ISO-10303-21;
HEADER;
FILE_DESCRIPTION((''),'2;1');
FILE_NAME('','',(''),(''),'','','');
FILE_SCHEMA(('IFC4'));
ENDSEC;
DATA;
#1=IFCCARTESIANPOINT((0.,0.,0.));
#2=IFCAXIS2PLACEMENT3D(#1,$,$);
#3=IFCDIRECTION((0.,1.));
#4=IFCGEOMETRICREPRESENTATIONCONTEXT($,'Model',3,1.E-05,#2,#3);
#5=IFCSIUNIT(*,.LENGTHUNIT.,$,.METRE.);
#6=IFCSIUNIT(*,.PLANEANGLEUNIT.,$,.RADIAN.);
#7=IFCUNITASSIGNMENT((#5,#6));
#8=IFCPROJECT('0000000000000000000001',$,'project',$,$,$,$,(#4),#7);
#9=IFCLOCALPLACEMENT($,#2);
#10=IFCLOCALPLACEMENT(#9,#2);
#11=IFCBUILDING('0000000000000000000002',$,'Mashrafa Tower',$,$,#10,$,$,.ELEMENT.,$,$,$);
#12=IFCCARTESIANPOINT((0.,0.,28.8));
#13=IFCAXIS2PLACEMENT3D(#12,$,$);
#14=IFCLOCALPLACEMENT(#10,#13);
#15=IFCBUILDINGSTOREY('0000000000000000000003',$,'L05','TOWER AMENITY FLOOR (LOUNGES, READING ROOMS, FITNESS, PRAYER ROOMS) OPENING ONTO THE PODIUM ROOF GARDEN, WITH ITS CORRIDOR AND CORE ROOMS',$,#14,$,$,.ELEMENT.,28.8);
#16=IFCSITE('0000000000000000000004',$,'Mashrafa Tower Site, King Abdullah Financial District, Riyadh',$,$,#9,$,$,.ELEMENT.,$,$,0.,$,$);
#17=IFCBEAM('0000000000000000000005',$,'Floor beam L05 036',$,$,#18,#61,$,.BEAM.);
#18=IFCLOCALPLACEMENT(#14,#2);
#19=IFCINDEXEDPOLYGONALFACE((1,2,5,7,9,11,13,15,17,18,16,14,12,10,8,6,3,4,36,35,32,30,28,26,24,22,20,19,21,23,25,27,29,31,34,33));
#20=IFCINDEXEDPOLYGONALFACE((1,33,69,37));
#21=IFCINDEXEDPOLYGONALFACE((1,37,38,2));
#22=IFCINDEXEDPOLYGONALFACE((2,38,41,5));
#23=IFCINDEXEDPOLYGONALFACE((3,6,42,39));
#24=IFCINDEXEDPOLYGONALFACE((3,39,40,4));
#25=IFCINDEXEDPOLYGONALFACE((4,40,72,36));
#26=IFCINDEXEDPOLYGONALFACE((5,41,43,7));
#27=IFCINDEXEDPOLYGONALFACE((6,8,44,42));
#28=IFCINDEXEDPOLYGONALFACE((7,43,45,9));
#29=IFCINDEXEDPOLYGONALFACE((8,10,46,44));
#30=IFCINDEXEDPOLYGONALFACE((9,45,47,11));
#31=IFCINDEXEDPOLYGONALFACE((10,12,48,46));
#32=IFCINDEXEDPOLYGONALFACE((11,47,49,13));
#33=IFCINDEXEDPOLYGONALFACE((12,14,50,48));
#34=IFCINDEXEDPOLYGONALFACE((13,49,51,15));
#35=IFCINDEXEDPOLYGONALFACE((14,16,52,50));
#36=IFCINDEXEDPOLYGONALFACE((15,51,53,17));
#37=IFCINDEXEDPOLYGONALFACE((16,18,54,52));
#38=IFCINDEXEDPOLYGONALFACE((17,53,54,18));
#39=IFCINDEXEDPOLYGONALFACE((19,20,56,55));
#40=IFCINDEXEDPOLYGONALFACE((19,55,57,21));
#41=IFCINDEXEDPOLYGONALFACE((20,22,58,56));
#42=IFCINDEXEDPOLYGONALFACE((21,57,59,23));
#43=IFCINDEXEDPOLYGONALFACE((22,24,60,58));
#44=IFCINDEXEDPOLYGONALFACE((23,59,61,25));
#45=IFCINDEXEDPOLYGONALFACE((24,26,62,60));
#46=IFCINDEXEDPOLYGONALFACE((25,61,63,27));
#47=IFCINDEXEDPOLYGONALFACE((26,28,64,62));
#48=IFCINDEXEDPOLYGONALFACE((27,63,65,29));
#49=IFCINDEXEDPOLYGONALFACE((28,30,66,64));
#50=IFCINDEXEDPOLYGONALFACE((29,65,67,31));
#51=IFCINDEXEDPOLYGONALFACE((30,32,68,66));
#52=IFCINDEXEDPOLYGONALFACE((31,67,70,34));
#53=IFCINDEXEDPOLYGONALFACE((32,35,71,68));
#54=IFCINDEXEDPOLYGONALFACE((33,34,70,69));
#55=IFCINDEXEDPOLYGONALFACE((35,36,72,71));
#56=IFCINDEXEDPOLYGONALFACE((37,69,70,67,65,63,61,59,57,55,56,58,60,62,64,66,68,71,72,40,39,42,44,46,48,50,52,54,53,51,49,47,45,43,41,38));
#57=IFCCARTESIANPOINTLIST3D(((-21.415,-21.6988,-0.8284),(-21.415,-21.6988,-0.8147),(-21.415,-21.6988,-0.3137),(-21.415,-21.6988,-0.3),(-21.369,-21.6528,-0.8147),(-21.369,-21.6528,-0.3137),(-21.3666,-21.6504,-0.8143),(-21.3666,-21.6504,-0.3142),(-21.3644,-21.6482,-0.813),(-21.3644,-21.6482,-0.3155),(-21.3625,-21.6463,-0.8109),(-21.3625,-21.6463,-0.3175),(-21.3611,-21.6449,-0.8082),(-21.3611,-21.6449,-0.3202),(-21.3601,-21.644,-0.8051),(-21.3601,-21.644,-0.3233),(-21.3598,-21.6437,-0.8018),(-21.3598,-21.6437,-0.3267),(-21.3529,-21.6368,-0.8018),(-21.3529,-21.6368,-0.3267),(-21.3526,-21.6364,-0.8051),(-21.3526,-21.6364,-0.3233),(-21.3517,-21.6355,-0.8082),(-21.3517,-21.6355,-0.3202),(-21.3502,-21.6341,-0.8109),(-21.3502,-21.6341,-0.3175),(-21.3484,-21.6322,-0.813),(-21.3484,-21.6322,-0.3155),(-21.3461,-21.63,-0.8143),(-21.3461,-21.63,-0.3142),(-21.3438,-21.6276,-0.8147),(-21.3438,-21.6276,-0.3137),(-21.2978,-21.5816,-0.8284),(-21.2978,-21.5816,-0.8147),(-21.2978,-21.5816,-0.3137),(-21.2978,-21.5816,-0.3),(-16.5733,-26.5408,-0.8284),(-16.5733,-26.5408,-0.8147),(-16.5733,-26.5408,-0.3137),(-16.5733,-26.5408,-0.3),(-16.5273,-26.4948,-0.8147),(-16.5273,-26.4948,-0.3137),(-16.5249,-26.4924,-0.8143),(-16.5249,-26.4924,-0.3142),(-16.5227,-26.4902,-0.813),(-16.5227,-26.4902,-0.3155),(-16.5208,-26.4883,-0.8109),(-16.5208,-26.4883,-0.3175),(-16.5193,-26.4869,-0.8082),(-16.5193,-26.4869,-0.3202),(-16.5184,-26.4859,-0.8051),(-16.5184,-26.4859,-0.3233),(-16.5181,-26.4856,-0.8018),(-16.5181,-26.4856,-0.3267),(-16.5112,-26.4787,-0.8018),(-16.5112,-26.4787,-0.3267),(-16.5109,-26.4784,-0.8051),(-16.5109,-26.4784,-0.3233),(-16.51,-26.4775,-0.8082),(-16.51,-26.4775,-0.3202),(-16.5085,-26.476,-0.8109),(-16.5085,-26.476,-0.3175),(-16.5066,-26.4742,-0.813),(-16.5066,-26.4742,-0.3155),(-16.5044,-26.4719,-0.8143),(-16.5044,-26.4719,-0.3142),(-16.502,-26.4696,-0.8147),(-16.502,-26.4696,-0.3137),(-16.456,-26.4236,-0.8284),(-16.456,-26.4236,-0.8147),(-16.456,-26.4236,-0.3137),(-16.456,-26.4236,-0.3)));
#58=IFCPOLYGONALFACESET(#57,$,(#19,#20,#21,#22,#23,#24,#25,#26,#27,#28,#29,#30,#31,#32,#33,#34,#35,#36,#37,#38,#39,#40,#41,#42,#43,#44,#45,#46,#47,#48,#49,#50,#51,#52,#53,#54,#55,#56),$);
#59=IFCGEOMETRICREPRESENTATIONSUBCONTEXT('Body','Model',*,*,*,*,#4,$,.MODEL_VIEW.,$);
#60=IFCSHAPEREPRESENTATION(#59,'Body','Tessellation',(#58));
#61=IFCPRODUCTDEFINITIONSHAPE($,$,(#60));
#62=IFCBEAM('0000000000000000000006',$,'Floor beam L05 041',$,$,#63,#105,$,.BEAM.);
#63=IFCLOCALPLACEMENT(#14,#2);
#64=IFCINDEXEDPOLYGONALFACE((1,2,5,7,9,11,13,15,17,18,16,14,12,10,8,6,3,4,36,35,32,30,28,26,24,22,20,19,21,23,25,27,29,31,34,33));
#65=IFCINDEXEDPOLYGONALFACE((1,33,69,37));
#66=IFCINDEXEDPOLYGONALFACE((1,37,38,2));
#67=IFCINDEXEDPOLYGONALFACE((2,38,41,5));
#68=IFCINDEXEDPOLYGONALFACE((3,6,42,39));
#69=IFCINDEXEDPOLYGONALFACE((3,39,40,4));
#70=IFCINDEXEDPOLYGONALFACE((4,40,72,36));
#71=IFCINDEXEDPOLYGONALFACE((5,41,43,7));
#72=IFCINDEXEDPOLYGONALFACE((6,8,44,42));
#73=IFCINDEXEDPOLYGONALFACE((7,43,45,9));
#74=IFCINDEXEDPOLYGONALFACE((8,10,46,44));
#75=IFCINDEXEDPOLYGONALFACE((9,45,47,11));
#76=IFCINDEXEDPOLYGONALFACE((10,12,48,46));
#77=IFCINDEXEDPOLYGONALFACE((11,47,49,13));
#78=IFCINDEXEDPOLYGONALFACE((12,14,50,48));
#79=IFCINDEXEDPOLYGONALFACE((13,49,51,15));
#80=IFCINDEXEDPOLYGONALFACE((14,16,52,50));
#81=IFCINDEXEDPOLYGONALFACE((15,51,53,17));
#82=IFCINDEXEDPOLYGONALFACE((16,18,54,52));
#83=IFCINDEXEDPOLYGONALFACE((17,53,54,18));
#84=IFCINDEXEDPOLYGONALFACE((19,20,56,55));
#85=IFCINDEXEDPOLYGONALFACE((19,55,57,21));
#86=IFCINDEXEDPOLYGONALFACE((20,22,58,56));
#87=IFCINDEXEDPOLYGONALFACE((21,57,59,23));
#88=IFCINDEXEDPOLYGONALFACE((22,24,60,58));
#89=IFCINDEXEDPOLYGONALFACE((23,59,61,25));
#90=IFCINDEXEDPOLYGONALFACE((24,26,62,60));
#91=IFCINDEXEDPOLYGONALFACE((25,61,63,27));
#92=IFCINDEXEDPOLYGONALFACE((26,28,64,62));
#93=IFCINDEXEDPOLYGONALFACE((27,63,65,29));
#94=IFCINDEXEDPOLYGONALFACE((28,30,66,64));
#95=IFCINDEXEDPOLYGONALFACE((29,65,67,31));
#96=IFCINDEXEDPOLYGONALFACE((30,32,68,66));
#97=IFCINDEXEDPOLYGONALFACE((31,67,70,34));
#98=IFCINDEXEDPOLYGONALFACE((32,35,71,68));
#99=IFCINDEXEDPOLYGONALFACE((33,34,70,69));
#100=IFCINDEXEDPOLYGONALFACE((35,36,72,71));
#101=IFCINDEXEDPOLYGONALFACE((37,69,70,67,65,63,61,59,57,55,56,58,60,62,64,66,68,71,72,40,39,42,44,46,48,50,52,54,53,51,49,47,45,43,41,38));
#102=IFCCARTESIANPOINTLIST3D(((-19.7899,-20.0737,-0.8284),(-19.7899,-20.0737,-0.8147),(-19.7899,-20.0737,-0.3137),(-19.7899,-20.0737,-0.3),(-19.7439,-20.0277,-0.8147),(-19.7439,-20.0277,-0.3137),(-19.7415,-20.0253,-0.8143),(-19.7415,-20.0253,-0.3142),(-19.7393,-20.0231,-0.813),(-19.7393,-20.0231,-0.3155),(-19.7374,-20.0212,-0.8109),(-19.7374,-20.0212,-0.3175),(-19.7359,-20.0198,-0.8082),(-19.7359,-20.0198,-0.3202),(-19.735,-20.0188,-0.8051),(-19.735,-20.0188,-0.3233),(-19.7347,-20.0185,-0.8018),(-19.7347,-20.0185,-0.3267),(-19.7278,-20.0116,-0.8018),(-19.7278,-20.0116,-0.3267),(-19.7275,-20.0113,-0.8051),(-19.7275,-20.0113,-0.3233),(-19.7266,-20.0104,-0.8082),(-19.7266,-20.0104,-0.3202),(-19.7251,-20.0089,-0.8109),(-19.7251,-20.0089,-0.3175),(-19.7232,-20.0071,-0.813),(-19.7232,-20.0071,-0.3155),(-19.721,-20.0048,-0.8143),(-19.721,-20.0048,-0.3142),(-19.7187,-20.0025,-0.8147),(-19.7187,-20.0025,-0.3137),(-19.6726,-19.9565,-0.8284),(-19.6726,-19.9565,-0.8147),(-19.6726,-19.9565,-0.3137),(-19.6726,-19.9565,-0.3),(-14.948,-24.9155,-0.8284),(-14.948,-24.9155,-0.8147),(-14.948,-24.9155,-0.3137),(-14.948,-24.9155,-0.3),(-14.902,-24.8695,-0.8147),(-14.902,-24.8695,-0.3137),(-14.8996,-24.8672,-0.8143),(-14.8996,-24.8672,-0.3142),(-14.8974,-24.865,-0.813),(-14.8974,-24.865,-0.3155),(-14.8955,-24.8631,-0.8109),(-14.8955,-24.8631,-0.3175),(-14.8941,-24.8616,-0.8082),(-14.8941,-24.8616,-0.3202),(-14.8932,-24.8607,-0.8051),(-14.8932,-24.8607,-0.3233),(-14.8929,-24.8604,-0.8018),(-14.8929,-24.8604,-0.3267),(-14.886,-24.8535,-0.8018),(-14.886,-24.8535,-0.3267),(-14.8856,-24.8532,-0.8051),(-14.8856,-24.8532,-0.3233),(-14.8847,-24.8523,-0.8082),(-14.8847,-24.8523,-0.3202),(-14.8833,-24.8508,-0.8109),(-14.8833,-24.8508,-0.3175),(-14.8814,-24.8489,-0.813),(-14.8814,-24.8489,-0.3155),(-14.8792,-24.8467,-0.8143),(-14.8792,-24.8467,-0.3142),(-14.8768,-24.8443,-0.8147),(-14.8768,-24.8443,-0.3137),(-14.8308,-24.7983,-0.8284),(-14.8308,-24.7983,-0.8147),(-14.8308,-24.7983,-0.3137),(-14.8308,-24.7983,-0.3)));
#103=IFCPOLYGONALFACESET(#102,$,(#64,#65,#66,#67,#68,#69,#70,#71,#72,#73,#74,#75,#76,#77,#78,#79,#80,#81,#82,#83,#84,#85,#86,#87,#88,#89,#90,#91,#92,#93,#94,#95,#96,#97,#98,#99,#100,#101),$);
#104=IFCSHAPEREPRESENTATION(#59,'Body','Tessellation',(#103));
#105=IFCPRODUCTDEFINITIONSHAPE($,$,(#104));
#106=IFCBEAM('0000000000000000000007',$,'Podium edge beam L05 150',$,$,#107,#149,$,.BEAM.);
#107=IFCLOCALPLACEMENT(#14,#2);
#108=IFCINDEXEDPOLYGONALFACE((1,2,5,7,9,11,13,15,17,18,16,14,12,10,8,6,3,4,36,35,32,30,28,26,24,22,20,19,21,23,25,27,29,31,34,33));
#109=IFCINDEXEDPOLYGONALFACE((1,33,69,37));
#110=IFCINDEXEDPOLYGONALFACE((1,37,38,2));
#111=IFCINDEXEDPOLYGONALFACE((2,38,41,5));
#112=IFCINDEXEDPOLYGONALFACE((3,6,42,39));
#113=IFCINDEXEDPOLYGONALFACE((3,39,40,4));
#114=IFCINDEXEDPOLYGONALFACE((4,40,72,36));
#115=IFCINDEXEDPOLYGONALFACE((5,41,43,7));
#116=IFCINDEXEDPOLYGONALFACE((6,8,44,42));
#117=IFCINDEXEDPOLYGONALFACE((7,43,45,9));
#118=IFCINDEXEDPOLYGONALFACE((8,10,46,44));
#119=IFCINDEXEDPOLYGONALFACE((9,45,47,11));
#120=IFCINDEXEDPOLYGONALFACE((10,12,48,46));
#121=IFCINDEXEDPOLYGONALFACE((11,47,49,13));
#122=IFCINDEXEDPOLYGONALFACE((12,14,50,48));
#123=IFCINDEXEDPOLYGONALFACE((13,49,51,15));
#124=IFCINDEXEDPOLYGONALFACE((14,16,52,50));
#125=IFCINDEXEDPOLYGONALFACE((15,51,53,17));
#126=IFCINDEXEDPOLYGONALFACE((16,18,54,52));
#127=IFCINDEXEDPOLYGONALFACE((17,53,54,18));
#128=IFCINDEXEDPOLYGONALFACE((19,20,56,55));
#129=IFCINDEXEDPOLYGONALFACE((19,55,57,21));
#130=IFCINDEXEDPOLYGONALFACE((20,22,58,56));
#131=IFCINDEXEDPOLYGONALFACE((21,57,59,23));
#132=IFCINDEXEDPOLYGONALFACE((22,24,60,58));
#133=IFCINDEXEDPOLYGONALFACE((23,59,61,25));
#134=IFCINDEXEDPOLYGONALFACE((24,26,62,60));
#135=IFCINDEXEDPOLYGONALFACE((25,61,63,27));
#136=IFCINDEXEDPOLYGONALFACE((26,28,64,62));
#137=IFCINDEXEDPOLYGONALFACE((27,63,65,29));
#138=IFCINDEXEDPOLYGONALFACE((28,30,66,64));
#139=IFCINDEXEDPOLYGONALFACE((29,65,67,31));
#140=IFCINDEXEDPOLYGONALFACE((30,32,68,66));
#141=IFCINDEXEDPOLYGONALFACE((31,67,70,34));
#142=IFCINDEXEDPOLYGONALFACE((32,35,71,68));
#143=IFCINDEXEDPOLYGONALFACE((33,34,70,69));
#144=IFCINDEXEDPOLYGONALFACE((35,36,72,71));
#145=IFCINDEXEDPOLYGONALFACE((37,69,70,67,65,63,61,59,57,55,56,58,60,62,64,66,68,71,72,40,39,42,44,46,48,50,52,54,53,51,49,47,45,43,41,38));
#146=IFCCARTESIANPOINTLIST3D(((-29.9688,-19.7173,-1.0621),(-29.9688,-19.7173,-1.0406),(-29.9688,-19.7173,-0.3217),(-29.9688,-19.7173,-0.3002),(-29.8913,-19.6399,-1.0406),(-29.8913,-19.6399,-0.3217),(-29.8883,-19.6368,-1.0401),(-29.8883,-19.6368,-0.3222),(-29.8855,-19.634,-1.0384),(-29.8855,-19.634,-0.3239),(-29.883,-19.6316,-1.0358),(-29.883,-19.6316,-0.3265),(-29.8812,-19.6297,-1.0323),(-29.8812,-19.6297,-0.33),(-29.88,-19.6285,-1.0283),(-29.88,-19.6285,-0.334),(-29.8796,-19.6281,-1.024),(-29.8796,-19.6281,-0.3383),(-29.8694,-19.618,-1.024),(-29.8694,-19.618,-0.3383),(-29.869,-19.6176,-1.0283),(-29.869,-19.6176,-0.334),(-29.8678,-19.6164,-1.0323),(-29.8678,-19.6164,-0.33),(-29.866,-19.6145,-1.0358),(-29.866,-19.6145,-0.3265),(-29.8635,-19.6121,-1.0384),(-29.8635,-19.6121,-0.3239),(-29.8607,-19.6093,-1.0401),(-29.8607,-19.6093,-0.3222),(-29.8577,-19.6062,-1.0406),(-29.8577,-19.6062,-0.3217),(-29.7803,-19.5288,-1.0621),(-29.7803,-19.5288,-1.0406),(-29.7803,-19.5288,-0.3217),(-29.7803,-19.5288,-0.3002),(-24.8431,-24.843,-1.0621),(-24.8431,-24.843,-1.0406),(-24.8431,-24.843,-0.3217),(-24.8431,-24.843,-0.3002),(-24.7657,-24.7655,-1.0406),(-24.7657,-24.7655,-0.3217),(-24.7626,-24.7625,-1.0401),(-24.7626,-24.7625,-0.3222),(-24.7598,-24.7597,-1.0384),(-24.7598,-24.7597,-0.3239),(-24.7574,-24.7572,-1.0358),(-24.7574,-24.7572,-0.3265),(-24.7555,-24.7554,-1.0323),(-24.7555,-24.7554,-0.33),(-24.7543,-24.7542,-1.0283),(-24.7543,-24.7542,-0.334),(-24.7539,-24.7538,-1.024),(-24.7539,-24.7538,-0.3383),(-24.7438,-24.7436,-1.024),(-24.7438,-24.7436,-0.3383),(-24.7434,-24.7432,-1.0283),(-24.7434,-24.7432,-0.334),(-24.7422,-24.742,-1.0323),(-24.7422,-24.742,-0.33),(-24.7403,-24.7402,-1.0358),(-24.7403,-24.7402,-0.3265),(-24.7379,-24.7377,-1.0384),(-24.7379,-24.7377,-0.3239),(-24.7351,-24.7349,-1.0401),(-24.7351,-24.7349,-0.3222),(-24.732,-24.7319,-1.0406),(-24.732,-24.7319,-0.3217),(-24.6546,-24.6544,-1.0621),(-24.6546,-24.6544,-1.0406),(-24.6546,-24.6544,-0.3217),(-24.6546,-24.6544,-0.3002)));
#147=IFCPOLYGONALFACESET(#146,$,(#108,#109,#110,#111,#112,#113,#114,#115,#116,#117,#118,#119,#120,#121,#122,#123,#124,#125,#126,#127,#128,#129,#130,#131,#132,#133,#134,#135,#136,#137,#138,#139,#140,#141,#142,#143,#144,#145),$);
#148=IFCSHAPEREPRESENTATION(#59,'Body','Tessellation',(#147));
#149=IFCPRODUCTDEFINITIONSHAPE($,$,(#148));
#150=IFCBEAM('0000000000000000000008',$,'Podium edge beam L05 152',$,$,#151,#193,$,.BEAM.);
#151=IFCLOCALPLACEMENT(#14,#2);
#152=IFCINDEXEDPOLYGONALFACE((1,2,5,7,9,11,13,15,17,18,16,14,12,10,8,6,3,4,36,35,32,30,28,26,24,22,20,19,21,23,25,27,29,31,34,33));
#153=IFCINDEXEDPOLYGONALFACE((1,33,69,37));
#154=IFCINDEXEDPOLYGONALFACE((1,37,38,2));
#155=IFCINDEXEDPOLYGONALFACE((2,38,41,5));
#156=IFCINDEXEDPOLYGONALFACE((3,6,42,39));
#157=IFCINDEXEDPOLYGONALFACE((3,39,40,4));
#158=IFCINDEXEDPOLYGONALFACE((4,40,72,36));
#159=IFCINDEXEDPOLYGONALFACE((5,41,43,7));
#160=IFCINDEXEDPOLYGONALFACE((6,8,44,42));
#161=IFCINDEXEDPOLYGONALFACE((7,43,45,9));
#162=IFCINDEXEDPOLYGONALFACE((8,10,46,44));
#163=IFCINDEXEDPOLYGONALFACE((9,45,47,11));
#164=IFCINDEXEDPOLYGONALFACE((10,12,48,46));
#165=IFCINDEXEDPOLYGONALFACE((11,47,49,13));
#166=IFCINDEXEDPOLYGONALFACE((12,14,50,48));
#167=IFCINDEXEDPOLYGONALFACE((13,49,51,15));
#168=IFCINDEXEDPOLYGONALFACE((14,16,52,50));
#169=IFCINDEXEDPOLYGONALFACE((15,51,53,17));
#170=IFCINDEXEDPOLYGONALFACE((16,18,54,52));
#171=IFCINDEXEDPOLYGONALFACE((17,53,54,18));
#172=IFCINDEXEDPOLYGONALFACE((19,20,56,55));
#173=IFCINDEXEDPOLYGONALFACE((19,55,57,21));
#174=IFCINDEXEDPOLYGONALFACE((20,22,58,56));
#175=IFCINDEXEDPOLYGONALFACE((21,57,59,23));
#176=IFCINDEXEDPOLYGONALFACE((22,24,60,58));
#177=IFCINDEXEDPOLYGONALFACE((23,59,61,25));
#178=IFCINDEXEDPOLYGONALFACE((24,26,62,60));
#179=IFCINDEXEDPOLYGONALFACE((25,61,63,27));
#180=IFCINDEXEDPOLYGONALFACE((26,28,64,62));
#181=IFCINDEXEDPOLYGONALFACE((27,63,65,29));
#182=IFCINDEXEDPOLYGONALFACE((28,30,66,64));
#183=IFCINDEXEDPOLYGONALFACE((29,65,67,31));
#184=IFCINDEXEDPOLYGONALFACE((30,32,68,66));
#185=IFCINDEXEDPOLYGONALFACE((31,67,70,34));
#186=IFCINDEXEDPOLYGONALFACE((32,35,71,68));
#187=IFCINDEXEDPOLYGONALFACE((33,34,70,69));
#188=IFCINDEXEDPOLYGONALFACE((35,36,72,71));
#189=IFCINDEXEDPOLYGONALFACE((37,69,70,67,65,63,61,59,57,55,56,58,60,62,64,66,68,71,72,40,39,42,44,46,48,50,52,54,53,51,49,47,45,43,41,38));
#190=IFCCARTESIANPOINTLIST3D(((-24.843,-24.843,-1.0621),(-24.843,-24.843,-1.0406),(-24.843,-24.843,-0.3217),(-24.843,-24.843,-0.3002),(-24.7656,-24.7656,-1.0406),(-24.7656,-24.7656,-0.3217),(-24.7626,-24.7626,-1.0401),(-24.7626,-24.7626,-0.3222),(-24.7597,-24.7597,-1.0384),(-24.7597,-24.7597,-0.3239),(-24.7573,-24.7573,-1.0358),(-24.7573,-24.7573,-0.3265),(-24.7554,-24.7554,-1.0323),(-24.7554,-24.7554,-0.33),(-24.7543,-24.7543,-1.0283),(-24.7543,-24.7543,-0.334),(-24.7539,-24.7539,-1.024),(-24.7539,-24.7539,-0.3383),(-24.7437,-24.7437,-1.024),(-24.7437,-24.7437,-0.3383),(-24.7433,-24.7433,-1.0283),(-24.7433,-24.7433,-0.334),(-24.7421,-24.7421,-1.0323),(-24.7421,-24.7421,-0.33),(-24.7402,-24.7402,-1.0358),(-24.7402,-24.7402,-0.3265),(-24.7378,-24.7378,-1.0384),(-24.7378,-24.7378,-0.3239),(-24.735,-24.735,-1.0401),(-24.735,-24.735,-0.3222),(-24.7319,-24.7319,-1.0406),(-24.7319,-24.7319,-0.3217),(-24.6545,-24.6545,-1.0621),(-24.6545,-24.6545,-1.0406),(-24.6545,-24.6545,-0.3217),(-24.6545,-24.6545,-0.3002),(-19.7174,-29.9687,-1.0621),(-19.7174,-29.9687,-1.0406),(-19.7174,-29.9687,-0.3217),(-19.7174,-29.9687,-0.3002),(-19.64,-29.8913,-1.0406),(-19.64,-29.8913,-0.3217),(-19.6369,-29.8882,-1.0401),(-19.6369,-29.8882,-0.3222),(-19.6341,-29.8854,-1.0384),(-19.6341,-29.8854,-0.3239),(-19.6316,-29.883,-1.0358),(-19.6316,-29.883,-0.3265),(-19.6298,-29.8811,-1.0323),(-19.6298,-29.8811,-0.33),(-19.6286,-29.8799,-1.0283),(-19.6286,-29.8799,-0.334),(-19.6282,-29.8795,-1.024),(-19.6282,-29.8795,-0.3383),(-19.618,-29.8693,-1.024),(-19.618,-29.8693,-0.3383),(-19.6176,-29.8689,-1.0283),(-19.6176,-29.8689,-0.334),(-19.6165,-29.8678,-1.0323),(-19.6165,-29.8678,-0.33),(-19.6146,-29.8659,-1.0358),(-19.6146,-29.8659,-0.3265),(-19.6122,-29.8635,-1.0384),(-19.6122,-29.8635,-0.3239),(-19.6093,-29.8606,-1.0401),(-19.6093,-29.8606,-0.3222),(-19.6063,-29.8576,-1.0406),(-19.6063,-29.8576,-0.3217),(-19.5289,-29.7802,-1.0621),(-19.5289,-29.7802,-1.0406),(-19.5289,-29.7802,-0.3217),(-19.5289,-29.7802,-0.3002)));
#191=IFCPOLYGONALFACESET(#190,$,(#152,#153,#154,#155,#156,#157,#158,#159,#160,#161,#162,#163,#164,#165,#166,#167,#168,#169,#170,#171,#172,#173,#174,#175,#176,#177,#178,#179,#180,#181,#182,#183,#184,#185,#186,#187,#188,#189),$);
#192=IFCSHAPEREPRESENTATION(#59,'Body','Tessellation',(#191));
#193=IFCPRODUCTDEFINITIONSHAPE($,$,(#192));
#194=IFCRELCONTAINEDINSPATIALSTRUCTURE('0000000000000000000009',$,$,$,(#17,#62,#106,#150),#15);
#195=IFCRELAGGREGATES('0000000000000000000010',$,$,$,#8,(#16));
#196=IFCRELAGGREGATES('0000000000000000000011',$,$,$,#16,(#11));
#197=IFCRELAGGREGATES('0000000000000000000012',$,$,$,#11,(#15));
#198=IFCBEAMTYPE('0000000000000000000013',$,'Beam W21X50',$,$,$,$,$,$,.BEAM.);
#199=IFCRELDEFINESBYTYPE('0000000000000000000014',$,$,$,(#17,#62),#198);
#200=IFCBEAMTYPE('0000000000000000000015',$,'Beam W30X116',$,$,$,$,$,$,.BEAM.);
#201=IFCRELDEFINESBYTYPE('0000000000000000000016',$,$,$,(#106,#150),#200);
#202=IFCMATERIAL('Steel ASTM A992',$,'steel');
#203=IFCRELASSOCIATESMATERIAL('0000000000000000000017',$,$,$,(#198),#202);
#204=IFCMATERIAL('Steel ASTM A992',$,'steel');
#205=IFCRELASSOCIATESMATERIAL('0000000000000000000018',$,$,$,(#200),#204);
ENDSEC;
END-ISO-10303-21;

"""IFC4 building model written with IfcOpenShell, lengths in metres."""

from ifc_helpers import new_model, si_unit, direction, frame, origin, origin_2d, place, context, subcontext, project, spatial, i_section, extrude, material, material_profile, profile_set, type_object, element, save


model = new_model("IFC4")

# Units and contexts
model_context = context("Model", 3, precision=1e-05, world=origin(), true_north=direction((0.0, 1.0)))
body_context = subcontext(model_context, "Body", "Model", "MODEL_VIEW")
ifc_project = project(units=[si_unit("LENGTHUNIT", "METRE"), si_unit("PLANEANGLEUNIT", "RADIAN")], contexts=[model_context])

# Site, building, storey
site_placement = place(None, origin())
site = spatial("IfcSite", under=ifc_project, at=site_placement, Name="Mashrafa Tower Site, King Abdullah Financial District, Riyadh", CompositionType="ELEMENT", RefElevation=0.0)
building_placement = place(site_placement, origin())
building = spatial("IfcBuilding", under=site, at=building_placement, Name="Mashrafa Tower", CompositionType="ELEMENT")
storey_placement = place(building_placement, frame((0.0, 0.0, 28.8)))
storey = spatial("IfcBuildingStorey", under=building, at=storey_placement, Name="L05", Description="TOWER AMENITY FLOOR (LOUNGES, READING ROOMS, FITNESS, PRAYER ROOMS) OPENING ONTO THE PODIUM ROOF GARDEN, WITH ITS CORRIDOR AND CORE ROOMS", CompositionType="ELEMENT", Elevation=28.8)

# Beams
ifc_material_1 = material(Name="Steel ASTM A992", Category="steel")
ifc_material_profile_1 = material_profile(ifc_material_1, i_section(OverallWidth=0.1658, OverallDepth=0.5283, WebThickness=0.0098, FlangeThickness=0.0137, FilletRadius=0.0129, at=origin_2d()), Name="W21X50")
ifc_profile_set_1 = profile_set([ifc_material_profile_1], Name="Steel ASTM A992")
beam_type_1 = type_object("IfcBeamType", Name="Beam W21X50", PredefinedType="BEAM", material=ifc_profile_set_1)
for number, where, z_axis, x_axis, name in (
    (1, (-16.5146, -26.4822, -0.5642), (-0.707089, 0.707125, 0.0), (-0.707125, -0.707089, 0.0), "Floor beam L05 036"),
    (2, (-14.8894, -24.8569, -0.5642), (-0.707107, 0.707107, 0.0), (-0.707107, -0.707107, 0.0), "Floor beam L05 041"),
):
    element("IfcBeam", number, at=place(storey_placement, frame(where, z_axis=z_axis, x_axis=x_axis)), inside=storey, type_object=beam_type_1, Name=name, PredefinedType="BEAM", context=body_context, shape_type="SweptSolid", body=[
        extrude(i_section(OverallWidth=0.1658, OverallDepth=0.5283, WebThickness=0.0098, FlangeThickness=0.0137, FilletRadius=0.0129, at=origin_2d()), origin(), (0.0, 0.0, 1.0), 6.8474),
    ])
ifc_material_2 = material(Name="Steel ASTM A992", Category="steel")
ifc_material_profile_2 = material_profile(ifc_material_2, i_section(OverallWidth=0.2666, OverallDepth=0.762, WebThickness=0.0144, FlangeThickness=0.0215, FilletRadius=0.0166, at=origin_2d()), Name="W30X116")
ifc_profile_set_2 = profile_set([ifc_material_profile_2], Name="Steel ASTM A992")
beam_type_2 = type_object("IfcBeamType", Name="Beam W30X116", PredefinedType="BEAM", material=ifc_profile_set_2)
for number, where, z_axis, x_axis, name in (
    (3, (-29.8745, -19.623, -0.6812), (0.707107, -0.707107, 0.0), (0.707107, 0.707107, 0.0), "Podium edge beam L05 150"),
    (4, (-24.7488, -24.7488, -0.6812), (0.707107, -0.707107, 0.0), (0.707107, 0.707107, 0.0), "Podium edge beam L05 152"),
):
    element("IfcBeam", number, at=place(storey_placement, frame(where, z_axis=z_axis, x_axis=x_axis)), inside=storey, type_object=beam_type_2, Name=name, PredefinedType="BEAM", context=body_context, shape_type="SweptSolid", body=[
        extrude(i_section(OverallWidth=0.2666, OverallDepth=0.762, WebThickness=0.0144, FlangeThickness=0.0215, FilletRadius=0.0166, at=origin_2d()), origin(), (0.0, 0.0, 1.0), 7.2488),
    ])

save(model, "model.ifc")
